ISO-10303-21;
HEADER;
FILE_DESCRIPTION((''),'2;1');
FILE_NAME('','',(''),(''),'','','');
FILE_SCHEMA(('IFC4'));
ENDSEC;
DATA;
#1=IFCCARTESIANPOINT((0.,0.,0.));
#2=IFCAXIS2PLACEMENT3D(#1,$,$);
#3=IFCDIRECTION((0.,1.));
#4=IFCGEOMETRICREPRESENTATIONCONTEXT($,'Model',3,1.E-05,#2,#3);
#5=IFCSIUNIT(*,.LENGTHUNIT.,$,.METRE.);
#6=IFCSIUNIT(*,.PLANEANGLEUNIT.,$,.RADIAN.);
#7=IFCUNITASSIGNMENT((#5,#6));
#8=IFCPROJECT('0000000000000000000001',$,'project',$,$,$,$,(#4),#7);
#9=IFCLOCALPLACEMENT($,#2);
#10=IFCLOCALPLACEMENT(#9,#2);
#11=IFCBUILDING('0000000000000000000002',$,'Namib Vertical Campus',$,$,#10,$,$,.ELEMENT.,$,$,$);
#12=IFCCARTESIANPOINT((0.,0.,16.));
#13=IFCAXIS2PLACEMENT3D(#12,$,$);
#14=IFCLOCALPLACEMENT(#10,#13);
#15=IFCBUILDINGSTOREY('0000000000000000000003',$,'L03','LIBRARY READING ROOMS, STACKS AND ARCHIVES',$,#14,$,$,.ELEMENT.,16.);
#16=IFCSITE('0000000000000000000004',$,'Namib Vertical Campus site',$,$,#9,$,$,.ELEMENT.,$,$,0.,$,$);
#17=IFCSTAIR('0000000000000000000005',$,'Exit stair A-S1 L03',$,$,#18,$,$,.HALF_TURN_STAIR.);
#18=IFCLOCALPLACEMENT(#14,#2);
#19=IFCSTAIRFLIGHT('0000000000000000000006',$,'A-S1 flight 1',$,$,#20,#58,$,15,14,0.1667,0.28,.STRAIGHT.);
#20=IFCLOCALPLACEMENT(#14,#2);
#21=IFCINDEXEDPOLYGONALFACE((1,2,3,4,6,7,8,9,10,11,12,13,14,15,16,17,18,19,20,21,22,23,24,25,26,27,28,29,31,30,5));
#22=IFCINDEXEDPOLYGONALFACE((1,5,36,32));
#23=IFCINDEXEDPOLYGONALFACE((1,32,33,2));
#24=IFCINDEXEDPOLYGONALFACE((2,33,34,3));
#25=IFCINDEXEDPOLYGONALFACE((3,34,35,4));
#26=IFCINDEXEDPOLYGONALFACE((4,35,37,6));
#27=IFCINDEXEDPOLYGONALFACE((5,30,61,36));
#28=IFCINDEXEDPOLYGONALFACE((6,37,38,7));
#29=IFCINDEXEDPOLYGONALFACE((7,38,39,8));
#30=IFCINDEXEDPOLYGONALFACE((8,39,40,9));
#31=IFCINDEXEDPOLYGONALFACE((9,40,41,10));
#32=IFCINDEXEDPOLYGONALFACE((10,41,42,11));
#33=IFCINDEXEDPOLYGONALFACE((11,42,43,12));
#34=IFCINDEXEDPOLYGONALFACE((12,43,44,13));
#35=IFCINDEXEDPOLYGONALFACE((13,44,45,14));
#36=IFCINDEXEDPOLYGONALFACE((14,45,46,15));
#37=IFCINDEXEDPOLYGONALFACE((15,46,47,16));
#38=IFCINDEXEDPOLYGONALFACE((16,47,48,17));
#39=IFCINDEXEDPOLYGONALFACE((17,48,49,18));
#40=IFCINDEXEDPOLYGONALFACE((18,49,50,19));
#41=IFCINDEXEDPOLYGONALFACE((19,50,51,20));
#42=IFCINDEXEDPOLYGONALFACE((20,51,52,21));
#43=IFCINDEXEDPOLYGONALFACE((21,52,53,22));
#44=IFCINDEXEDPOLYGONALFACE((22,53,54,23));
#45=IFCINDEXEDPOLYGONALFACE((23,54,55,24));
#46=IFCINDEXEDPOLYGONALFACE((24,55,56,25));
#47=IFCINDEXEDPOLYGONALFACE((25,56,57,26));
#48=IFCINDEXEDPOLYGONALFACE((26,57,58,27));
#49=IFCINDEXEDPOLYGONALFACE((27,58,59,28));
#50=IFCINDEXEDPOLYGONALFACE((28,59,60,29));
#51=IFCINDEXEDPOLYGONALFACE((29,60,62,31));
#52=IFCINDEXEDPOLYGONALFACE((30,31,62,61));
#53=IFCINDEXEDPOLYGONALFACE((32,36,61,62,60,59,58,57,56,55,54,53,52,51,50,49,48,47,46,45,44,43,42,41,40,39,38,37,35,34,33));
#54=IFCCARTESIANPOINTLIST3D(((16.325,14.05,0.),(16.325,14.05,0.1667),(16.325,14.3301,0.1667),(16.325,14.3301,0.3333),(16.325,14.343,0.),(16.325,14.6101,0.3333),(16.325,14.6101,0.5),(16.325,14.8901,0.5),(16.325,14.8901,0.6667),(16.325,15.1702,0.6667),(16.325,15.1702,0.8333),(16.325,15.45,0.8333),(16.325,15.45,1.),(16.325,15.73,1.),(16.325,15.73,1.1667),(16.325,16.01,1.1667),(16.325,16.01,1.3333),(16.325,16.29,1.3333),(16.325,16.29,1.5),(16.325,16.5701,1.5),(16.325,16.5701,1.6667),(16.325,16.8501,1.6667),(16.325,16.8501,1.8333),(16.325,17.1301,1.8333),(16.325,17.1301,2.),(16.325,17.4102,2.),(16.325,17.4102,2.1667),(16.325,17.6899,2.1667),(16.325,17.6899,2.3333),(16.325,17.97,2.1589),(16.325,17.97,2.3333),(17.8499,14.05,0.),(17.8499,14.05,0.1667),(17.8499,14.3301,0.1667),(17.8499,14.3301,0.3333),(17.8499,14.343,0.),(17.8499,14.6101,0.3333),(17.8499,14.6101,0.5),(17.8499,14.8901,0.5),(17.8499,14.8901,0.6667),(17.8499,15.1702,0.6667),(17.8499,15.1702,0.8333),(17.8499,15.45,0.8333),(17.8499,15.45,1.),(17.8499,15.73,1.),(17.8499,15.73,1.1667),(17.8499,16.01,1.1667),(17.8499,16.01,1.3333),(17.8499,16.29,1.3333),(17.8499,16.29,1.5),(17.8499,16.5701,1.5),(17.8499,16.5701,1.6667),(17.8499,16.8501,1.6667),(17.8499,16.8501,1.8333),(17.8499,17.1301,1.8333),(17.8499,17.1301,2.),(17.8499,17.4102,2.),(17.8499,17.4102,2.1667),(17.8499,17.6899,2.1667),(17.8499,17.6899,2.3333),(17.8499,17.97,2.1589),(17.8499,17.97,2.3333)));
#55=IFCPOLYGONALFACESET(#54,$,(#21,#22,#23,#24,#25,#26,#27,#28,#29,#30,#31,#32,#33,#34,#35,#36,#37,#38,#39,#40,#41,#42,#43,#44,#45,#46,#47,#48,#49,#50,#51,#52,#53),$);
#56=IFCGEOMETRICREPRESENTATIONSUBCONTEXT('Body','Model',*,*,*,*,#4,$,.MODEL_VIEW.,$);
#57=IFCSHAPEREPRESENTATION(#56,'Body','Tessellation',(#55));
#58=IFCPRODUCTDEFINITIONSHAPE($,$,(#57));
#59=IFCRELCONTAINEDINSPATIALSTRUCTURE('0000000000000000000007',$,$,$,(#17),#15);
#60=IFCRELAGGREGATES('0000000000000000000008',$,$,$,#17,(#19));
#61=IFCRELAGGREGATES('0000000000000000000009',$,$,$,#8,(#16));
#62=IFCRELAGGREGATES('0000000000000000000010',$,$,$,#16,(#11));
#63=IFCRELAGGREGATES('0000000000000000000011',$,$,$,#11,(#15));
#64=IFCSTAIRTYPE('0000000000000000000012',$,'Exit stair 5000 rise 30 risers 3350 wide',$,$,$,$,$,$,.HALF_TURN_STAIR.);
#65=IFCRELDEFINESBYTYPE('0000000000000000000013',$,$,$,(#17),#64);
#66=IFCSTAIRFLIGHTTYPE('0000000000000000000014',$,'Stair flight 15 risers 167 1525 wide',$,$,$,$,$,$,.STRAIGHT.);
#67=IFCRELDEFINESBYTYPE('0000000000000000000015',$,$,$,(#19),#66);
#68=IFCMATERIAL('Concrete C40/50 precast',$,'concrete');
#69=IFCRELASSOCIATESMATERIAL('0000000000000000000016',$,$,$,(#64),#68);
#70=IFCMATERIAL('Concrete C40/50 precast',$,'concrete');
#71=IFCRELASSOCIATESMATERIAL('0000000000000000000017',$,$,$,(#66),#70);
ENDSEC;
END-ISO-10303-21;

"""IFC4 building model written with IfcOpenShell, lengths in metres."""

from ifc_helpers import new_model, si_unit, direction, frame, origin, place, context, subcontext, project, spatial, polyline, outline, extrude, material, type_object, element, aggregate, save


model = new_model("IFC4")

# Units and contexts
model_context = context("Model", 3, precision=1e-05, world=origin(), true_north=direction((0.0, 1.0)))
body_context = subcontext(model_context, "Body", "Model", "MODEL_VIEW")
ifc_project = project(units=[si_unit("LENGTHUNIT", "METRE"), si_unit("PLANEANGLEUNIT", "RADIAN")], contexts=[model_context])

# Site, building, storey
site_placement = place(None, origin())
site = spatial("IfcSite", under=ifc_project, at=site_placement, Name="Namib Vertical Campus site", CompositionType="ELEMENT", RefElevation=0.0)
building_placement = place(site_placement, origin())
building = spatial("IfcBuilding", under=site, at=building_placement, Name="Namib Vertical Campus", CompositionType="ELEMENT")
storey_placement = place(building_placement, frame((0.0, 0.0, 16.0)))
storey = spatial("IfcBuildingStorey", under=building, at=storey_placement, Name="L03", Description="LIBRARY READING ROOMS, STACKS AND ARCHIVES", CompositionType="ELEMENT", Elevation=16.0)

# Stair, stair flight
ifc_material_1 = material(Name="Concrete C40/50 precast", Category="concrete")
stair_type = type_object("IfcStairType", Name="Exit stair 5000 rise 30 risers 3350 wide", PredefinedType="HALF_TURN_STAIR", material=ifc_material_1)
stair_placement = place(storey_placement, origin())
stair = element("IfcStair", 1, at=stair_placement, inside=storey, type_object=stair_type, Name="Exit stair A-S1 L03", PredefinedType="HALF_TURN_STAIR")
ifc_material_2 = material(Name="Concrete C40/50 precast", Category="concrete")
stair_flight_type = type_object("IfcStairFlightType", Name="Stair flight 15 risers 167 1525 wide", PredefinedType="STRAIGHT", material=ifc_material_2)
stair_flight_placement = place(storey_placement, frame((17.0874, 14.05, 0.0), z_axis=(0.0, 0.0, 1.0), x_axis=(0.0, 1.0, 0.0)))
stair_flight = element("IfcStairFlight", 2, at=stair_flight_placement, type_object=stair_flight_type, Name="A-S1 flight 1", NumberOfRisers=15, NumberOfTreads=14, PredefinedType="STRAIGHT", RiserHeight=0.1667, TreadLength=0.28, context=body_context, shape_type="SweptSolid", body=[
    extrude(outline(polyline([(0.0, 0.0), (0.0, 0.1667), (0.28, 0.1667), (0.28, 0.3333), (0.5601, 0.3333), (0.5601, 0.5), (0.8401, 0.5), (0.8401, 0.6667), (1.1201, 0.6667), (1.1201, 0.8333), (1.3999, 0.8333), (1.3999, 1.0), (1.6799, 1.0), (1.6799, 1.1667), (1.96, 1.1667), (1.96, 1.3333), (2.24, 1.3333), (2.24, 1.5), (2.52, 1.5), (2.52, 1.6667), (2.8, 1.6667), (2.8, 1.8333), (3.0801, 1.8333), (3.0801, 2.0), (3.3601, 2.0), (3.3601, 2.1667), (3.6399, 2.1667), (3.6399, 2.3333), (3.9199, 2.3333), (3.9199, 2.5), (3.9199, 2.1589), (0.293, 0.0), (0.0, 0.0)])), frame((0.0, 0.7625, 0.0), z_axis=(0.0, -1.0, 0.0), x_axis=(1.0, 0.0, 0.0)), (0.0, 0.0, 1.0), 1.5249),
])
aggregate(stair, [stair_flight])

save(model, "model.ifc")
